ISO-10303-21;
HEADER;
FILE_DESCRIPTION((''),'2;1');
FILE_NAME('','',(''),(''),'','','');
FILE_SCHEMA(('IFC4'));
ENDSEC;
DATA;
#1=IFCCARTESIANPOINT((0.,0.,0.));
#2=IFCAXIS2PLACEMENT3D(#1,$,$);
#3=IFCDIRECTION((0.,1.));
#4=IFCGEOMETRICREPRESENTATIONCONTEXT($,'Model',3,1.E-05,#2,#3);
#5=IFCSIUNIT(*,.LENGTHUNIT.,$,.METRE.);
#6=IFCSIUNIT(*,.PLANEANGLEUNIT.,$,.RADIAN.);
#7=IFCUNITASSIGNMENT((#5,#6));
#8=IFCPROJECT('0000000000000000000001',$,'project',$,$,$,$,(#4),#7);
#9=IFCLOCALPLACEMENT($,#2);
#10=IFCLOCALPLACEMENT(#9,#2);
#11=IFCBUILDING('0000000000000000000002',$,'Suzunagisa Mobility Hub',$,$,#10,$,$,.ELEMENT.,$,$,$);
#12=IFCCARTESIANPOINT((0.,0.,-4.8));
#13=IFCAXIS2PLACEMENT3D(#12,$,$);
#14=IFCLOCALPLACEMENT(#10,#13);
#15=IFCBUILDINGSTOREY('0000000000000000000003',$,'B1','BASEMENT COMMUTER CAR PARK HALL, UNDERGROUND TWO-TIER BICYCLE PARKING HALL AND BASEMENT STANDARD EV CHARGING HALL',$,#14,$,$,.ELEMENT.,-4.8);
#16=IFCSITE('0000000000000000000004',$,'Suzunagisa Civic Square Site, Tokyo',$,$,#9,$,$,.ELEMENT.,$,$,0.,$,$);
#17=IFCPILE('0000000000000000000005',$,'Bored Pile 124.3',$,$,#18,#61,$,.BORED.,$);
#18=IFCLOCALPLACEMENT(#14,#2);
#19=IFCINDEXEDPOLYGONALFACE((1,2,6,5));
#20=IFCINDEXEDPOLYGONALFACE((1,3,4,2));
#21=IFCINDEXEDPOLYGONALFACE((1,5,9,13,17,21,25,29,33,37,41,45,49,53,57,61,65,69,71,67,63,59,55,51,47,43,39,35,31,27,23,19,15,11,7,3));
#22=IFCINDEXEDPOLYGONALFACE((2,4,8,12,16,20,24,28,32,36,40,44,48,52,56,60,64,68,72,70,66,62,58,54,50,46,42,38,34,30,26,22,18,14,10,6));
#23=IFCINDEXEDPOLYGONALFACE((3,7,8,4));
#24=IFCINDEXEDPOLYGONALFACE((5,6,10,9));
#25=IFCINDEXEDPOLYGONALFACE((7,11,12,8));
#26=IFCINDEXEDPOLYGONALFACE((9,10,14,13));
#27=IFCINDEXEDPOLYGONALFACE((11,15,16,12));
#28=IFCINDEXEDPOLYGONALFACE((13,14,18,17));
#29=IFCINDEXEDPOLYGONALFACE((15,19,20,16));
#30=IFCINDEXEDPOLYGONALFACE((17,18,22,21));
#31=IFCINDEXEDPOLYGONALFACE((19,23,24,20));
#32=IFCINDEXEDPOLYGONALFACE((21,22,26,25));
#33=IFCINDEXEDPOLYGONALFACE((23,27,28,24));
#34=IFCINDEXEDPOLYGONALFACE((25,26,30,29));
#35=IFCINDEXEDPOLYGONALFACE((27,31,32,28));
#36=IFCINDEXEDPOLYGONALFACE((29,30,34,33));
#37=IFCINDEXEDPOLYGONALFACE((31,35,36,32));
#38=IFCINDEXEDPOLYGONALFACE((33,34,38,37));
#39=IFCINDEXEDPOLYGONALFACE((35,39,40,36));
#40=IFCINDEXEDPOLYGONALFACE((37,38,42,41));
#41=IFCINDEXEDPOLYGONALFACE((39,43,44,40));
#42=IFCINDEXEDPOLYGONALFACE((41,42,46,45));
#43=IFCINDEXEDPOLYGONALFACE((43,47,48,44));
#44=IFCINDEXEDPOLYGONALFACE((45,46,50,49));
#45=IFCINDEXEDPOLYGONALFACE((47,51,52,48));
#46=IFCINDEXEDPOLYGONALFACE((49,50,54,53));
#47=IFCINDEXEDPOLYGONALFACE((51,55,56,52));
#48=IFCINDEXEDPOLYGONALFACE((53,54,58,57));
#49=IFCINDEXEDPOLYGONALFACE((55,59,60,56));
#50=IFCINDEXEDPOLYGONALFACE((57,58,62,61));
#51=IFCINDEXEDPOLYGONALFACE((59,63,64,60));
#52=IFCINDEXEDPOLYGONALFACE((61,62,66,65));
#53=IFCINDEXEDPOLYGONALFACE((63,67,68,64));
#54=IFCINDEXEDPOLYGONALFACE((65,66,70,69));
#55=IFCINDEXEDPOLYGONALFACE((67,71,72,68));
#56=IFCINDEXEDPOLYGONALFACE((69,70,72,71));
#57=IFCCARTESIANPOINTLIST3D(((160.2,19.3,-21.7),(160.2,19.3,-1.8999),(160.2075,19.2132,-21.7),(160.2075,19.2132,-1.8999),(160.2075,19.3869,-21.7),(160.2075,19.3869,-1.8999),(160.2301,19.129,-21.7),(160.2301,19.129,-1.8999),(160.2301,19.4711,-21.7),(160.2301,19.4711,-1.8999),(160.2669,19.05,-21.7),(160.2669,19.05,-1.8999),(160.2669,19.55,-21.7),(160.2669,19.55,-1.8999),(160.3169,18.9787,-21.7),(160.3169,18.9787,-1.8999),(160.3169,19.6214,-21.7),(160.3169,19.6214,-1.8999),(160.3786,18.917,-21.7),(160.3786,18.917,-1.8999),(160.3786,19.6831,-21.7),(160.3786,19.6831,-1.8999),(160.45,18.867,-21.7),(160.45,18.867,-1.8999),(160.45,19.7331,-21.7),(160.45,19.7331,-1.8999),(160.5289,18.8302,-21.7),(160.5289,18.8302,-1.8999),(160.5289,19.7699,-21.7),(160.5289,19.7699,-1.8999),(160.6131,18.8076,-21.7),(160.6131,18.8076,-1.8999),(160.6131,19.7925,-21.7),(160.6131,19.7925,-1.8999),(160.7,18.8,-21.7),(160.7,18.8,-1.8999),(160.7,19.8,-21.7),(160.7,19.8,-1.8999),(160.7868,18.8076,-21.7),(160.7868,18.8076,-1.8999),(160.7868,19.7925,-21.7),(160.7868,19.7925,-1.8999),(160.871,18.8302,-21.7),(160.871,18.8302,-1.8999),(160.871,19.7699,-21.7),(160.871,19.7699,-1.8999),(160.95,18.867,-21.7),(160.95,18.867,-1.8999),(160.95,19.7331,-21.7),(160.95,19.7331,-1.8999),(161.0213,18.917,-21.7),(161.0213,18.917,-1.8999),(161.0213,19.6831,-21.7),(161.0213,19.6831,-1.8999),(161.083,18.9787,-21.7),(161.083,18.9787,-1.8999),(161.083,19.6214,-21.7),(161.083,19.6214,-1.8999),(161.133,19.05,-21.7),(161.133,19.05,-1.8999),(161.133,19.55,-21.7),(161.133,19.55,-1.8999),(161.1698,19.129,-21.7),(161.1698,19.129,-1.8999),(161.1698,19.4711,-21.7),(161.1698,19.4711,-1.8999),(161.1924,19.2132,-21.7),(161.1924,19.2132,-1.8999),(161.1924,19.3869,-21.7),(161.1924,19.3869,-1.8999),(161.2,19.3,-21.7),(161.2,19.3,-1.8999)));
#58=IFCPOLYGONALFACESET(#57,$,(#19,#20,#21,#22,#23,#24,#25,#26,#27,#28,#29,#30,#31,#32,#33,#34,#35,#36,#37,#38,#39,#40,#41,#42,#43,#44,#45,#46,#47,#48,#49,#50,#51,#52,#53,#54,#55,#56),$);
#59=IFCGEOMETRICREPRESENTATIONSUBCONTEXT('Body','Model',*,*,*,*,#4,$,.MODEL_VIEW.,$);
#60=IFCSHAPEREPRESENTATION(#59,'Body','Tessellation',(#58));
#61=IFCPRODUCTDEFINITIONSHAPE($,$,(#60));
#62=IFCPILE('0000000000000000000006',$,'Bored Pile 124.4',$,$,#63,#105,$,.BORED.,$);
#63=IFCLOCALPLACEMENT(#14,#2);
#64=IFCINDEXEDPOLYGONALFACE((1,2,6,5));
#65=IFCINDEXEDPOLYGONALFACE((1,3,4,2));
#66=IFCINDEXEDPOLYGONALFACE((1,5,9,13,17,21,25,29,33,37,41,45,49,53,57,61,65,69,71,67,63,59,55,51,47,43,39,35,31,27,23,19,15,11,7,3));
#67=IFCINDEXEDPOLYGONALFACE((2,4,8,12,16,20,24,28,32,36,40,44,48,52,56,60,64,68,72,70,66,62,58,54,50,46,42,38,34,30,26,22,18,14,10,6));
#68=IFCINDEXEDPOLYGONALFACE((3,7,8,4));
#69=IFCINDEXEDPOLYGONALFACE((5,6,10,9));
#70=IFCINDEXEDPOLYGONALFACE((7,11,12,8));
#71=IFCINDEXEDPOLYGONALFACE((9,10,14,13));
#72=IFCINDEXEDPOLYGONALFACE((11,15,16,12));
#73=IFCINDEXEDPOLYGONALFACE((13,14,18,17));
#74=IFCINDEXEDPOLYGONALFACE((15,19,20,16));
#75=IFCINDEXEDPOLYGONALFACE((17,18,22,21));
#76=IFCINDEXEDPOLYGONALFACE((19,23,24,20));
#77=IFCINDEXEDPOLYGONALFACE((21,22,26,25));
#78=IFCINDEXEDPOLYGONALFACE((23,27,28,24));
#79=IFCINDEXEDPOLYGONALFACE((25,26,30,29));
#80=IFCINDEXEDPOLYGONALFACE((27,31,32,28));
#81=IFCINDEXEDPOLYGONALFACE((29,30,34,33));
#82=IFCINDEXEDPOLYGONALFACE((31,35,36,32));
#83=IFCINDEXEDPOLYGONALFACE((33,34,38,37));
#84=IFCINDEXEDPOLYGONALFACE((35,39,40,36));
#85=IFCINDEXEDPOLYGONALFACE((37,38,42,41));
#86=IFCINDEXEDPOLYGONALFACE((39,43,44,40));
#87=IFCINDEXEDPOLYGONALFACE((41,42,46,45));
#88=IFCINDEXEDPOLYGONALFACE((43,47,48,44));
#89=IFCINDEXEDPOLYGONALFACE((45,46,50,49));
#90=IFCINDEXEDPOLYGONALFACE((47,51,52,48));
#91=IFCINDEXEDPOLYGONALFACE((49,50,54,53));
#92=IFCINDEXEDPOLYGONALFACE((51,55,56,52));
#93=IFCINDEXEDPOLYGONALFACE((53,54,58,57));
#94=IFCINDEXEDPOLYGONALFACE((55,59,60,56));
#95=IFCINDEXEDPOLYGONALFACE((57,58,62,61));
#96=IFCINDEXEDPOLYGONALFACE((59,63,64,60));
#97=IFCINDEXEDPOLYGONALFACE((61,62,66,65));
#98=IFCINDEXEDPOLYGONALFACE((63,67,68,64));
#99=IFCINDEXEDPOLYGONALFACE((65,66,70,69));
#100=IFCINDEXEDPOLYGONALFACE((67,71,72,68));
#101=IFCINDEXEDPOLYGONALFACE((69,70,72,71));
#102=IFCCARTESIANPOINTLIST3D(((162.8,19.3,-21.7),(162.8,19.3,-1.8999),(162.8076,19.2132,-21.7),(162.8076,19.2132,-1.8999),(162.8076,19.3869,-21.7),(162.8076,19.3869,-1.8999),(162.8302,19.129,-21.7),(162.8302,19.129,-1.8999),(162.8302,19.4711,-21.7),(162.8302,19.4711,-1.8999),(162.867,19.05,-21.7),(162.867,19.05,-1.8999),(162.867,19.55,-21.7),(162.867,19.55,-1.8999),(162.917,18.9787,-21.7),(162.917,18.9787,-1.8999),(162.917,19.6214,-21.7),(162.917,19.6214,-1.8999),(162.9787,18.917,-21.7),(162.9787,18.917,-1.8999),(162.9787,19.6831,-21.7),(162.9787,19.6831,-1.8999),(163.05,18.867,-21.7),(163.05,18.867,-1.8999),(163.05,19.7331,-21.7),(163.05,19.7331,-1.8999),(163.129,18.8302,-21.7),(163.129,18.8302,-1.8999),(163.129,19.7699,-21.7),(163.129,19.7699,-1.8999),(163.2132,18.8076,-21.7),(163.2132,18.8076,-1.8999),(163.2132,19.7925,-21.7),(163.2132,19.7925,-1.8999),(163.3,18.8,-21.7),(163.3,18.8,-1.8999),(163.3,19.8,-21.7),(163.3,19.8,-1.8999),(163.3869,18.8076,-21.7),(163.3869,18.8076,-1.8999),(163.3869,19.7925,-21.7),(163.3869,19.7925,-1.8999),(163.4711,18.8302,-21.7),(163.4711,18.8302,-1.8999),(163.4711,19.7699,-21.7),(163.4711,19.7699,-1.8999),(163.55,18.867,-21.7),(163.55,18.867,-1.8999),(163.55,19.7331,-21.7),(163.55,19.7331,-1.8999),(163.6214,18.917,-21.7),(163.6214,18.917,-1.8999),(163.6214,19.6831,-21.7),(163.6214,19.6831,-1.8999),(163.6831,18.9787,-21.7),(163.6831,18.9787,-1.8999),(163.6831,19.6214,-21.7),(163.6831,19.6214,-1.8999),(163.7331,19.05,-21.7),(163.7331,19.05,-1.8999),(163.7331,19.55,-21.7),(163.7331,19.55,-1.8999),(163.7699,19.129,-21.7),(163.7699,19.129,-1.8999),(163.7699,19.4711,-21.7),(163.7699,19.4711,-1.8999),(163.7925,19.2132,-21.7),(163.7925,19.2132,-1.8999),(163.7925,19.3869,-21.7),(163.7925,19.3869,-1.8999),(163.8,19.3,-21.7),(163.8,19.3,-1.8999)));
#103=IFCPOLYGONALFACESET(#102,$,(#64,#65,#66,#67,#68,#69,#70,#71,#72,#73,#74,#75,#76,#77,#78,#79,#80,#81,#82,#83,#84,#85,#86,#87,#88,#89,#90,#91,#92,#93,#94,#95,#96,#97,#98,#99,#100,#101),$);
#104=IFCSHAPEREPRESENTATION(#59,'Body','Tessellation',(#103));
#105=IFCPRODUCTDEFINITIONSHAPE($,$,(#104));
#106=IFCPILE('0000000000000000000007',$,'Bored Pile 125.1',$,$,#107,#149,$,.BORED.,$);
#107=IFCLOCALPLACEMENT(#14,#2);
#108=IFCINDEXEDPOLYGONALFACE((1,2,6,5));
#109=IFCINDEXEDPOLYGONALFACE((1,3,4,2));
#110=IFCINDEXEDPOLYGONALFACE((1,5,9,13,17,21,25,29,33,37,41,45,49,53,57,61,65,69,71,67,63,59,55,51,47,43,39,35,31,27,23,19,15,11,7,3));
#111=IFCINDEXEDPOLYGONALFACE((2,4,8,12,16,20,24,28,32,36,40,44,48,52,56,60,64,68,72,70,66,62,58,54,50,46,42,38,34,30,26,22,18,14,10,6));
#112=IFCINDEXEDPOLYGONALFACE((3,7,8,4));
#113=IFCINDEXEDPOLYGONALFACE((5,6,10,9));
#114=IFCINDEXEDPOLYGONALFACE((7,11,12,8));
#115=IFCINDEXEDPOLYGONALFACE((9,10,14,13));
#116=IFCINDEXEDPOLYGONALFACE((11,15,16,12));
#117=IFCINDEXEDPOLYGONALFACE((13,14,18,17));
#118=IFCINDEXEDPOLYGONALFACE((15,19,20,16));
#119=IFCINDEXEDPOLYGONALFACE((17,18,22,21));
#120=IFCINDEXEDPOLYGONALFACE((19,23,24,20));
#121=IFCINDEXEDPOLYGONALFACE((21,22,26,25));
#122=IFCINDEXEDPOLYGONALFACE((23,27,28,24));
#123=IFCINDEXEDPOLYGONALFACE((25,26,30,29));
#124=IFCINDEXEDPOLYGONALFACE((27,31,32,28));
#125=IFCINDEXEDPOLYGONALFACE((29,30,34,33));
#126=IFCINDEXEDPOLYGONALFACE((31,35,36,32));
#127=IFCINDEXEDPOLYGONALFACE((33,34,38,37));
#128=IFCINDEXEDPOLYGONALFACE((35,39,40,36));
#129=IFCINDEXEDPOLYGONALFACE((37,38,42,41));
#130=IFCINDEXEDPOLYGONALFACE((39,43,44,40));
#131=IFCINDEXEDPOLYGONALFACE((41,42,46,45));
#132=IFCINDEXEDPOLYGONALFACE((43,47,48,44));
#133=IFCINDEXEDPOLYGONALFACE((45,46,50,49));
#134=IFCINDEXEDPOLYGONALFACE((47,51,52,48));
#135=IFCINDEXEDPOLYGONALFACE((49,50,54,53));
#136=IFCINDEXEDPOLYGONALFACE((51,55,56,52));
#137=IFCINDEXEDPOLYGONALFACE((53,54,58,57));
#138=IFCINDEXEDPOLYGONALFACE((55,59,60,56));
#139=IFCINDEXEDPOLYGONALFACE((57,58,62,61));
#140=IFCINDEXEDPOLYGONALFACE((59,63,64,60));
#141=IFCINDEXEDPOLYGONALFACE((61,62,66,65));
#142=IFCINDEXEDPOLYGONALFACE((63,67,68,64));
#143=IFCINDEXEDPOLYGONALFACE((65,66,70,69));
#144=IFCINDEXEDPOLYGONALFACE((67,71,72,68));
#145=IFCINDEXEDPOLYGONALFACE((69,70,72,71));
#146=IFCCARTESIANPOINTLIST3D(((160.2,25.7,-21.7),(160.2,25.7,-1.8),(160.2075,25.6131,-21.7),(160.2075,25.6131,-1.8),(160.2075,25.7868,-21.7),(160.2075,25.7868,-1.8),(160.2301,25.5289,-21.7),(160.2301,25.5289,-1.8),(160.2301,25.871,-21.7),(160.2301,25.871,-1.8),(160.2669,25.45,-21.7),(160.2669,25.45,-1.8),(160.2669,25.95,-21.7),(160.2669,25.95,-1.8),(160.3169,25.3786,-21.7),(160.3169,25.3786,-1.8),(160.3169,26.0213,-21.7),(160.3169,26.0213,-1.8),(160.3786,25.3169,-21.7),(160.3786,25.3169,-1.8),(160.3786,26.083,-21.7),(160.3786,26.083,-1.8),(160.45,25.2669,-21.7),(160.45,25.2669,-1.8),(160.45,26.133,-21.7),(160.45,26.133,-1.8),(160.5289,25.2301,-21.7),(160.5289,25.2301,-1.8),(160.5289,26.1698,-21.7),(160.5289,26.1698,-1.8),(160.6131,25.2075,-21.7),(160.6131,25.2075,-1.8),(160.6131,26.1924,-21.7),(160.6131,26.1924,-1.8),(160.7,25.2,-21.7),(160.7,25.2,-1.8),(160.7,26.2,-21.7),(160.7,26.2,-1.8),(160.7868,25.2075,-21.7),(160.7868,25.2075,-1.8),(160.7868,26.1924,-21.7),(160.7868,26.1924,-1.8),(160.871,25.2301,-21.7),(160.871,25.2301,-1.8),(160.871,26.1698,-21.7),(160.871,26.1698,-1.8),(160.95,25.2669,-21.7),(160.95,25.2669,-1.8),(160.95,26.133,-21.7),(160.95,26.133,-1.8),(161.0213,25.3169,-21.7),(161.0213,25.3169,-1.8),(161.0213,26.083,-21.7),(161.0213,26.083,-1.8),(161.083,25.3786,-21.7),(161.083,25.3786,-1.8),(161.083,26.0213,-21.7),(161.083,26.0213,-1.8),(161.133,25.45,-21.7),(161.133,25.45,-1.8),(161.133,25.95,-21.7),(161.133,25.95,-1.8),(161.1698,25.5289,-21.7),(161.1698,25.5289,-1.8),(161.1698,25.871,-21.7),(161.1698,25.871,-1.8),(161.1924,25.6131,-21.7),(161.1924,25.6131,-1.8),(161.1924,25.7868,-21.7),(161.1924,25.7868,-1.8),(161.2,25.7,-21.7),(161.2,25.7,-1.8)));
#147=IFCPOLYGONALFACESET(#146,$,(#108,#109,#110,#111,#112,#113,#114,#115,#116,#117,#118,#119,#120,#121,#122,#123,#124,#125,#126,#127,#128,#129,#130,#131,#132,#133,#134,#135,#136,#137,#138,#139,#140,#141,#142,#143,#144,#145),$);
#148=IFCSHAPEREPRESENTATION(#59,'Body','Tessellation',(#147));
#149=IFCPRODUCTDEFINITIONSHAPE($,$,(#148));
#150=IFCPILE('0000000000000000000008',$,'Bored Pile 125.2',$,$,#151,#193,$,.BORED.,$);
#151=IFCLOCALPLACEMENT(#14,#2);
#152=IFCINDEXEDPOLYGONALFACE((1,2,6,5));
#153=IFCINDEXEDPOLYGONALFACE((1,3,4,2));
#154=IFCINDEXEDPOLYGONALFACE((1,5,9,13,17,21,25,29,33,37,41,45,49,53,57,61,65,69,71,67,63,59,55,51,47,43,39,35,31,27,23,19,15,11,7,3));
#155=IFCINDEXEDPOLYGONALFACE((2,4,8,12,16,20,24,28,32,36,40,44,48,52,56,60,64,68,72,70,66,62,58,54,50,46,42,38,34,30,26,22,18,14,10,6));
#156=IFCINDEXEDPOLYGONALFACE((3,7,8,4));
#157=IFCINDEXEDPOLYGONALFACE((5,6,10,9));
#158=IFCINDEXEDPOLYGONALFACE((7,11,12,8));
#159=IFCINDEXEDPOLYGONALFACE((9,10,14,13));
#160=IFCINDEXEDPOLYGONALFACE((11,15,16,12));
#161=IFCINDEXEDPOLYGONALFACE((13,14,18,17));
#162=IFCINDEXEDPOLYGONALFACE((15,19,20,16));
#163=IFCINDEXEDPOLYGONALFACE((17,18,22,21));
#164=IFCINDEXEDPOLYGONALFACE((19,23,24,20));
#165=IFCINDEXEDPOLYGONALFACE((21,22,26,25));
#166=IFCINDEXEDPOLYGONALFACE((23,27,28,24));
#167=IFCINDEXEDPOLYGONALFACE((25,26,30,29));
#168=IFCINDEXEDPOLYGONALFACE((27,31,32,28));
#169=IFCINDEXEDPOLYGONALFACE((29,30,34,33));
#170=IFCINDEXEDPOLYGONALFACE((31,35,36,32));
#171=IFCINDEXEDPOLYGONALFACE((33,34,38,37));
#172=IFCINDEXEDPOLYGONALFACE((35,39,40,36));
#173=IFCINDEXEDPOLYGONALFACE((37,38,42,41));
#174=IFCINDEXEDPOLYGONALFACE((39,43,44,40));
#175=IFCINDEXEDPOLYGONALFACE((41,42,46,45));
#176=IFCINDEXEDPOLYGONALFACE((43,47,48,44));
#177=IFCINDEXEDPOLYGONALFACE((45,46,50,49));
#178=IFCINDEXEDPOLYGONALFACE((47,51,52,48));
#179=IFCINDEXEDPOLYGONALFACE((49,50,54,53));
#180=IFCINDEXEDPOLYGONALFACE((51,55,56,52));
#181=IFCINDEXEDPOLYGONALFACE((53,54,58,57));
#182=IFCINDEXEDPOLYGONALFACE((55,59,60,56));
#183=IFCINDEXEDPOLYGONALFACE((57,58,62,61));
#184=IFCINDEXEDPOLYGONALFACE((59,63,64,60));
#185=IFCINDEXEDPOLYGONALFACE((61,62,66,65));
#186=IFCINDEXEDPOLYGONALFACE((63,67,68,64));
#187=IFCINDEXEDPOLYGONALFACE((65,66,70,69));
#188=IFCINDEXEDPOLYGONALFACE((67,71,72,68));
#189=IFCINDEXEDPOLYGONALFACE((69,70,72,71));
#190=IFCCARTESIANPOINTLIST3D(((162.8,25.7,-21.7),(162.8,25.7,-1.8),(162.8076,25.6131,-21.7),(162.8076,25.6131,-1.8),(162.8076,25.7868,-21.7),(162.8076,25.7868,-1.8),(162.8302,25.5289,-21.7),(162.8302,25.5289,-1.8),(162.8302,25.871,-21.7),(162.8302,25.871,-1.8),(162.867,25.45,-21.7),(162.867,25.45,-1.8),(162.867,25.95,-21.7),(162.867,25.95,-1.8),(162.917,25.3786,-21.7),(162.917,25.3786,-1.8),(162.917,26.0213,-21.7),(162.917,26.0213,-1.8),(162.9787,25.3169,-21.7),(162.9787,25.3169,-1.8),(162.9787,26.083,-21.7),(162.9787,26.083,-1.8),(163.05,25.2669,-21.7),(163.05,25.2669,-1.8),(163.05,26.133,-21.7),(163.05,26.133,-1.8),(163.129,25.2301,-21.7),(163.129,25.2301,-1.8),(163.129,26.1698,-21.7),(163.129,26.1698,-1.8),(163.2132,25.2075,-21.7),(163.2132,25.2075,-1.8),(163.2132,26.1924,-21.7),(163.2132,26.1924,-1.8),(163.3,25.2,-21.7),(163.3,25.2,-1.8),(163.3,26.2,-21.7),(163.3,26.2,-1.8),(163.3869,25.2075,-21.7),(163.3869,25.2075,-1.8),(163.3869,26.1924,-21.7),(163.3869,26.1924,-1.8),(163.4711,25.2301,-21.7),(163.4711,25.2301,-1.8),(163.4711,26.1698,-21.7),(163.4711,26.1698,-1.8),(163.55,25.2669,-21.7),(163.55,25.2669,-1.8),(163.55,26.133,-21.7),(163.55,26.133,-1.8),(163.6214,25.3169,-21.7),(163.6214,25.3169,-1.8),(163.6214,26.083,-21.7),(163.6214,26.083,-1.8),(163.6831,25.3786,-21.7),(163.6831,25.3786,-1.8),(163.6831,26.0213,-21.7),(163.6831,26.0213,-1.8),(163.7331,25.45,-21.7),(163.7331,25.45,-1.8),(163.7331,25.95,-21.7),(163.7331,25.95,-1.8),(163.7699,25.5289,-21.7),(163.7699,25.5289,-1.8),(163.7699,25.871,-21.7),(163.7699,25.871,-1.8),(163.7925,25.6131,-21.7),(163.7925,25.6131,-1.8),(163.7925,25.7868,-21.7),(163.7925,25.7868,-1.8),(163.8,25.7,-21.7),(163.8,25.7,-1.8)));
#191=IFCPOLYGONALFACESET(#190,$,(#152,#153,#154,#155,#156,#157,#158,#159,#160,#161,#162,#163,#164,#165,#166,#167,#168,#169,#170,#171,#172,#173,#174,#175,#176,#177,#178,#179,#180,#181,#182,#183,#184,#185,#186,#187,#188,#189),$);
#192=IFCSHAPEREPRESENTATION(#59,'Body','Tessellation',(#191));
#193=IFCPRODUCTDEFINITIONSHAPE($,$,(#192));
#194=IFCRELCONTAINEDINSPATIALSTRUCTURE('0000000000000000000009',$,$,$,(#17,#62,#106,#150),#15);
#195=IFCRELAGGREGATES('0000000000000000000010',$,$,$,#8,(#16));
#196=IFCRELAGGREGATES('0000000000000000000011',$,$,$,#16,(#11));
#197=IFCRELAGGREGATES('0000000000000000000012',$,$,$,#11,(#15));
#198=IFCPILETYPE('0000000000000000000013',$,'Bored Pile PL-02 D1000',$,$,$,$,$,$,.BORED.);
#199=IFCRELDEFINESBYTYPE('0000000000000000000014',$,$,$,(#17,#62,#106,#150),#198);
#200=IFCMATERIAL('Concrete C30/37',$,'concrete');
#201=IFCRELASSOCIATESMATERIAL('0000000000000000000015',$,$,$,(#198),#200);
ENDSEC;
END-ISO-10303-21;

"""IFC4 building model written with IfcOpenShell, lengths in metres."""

from ifc_helpers import new_model, si_unit, direction, frame, origin, origin_2d, place, context, subcontext, project, spatial, circle, extrude, material, material_profile, profile_set, type_object, element, save


model = new_model("IFC4")

# Units and contexts
model_context = context("Model", 3, precision=1e-05, world=origin(), true_north=direction((0.0, 1.0)))
body_context = subcontext(model_context, "Body", "Model", "MODEL_VIEW")
ifc_project = project(units=[si_unit("LENGTHUNIT", "METRE"), si_unit("PLANEANGLEUNIT", "RADIAN")], contexts=[model_context])

# Site, building, storey
site_placement = place(None, origin())
site = spatial("IfcSite", under=ifc_project, at=site_placement, Name="Suzunagisa Civic Square Site, Tokyo", CompositionType="ELEMENT", RefElevation=0.0)
building_placement = place(site_placement, origin())
building = spatial("IfcBuilding", under=site, at=building_placement, Name="Suzunagisa Mobility Hub", CompositionType="ELEMENT")
storey_placement = place(building_placement, frame((0.0, 0.0, -4.8)))
storey = spatial("IfcBuildingStorey", under=building, at=storey_placement, Name="B1", Description="BASEMENT COMMUTER CAR PARK HALL, UNDERGROUND TWO-TIER BICYCLE PARKING HALL AND BASEMENT STANDARD EV CHARGING HALL", CompositionType="ELEMENT", Elevation=-4.8)

# Piles
ifc_material_1 = material(Name="Concrete C30/37", Category="concrete")
ifc_material_profile_1 = material_profile(ifc_material_1, circle(Radius=0.5, at=origin_2d()), Name="BORED PILE D1000")
ifc_profile_set_1 = profile_set([ifc_material_profile_1], Name="Concrete C30/37")
pile_type_1 = type_object("IfcPileType", Name="Bored Pile PL-02 D1000", PredefinedType="BORED", material=ifc_profile_set_1)
for number, where, z_axis, x_axis, name in (
    (1, (160.7, 19.3, -1.8999), (0.0, 0.0, -1.0), (1.0, 0.0, 0.0), "Bored Pile 124.3"),
    (2, (163.3, 19.3, -1.8999), (0.0, 0.0, -1.0), (1.0, 0.0, 0.0), "Bored Pile 124.4"),
):
    element("IfcPile", number, at=place(storey_placement, frame(where, z_axis=z_axis, x_axis=x_axis)), inside=storey, type_object=pile_type_1, Name=name, PredefinedType="BORED", context=body_context, shape_type="SweptSolid", body=[
        extrude(circle(Radius=0.5, at=origin_2d()), origin(), (0.0, 0.0, 1.0), 19.8),
    ])
for number, where, z_axis, x_axis, name in (
    (3, (160.7, 25.7, -1.8), (0.0, 0.0, -1.0), (1.0, 0.0, 0.0), "Bored Pile 125.1"),
    (4, (163.3, 25.7, -1.8), (0.0, 0.0, -1.0), (1.0, 0.0, 0.0), "Bored Pile 125.2"),
):
    element("IfcPile", number, at=place(storey_placement, frame(where, z_axis=z_axis, x_axis=x_axis)), inside=storey, type_object=pile_type_1, Name=name, PredefinedType="BORED", context=body_context, shape_type="SweptSolid", body=[
        extrude(circle(Radius=0.5, at=origin_2d()), origin(), (0.0, 0.0, 1.0), 19.8999),
    ])

save(model, "model.ifc")
